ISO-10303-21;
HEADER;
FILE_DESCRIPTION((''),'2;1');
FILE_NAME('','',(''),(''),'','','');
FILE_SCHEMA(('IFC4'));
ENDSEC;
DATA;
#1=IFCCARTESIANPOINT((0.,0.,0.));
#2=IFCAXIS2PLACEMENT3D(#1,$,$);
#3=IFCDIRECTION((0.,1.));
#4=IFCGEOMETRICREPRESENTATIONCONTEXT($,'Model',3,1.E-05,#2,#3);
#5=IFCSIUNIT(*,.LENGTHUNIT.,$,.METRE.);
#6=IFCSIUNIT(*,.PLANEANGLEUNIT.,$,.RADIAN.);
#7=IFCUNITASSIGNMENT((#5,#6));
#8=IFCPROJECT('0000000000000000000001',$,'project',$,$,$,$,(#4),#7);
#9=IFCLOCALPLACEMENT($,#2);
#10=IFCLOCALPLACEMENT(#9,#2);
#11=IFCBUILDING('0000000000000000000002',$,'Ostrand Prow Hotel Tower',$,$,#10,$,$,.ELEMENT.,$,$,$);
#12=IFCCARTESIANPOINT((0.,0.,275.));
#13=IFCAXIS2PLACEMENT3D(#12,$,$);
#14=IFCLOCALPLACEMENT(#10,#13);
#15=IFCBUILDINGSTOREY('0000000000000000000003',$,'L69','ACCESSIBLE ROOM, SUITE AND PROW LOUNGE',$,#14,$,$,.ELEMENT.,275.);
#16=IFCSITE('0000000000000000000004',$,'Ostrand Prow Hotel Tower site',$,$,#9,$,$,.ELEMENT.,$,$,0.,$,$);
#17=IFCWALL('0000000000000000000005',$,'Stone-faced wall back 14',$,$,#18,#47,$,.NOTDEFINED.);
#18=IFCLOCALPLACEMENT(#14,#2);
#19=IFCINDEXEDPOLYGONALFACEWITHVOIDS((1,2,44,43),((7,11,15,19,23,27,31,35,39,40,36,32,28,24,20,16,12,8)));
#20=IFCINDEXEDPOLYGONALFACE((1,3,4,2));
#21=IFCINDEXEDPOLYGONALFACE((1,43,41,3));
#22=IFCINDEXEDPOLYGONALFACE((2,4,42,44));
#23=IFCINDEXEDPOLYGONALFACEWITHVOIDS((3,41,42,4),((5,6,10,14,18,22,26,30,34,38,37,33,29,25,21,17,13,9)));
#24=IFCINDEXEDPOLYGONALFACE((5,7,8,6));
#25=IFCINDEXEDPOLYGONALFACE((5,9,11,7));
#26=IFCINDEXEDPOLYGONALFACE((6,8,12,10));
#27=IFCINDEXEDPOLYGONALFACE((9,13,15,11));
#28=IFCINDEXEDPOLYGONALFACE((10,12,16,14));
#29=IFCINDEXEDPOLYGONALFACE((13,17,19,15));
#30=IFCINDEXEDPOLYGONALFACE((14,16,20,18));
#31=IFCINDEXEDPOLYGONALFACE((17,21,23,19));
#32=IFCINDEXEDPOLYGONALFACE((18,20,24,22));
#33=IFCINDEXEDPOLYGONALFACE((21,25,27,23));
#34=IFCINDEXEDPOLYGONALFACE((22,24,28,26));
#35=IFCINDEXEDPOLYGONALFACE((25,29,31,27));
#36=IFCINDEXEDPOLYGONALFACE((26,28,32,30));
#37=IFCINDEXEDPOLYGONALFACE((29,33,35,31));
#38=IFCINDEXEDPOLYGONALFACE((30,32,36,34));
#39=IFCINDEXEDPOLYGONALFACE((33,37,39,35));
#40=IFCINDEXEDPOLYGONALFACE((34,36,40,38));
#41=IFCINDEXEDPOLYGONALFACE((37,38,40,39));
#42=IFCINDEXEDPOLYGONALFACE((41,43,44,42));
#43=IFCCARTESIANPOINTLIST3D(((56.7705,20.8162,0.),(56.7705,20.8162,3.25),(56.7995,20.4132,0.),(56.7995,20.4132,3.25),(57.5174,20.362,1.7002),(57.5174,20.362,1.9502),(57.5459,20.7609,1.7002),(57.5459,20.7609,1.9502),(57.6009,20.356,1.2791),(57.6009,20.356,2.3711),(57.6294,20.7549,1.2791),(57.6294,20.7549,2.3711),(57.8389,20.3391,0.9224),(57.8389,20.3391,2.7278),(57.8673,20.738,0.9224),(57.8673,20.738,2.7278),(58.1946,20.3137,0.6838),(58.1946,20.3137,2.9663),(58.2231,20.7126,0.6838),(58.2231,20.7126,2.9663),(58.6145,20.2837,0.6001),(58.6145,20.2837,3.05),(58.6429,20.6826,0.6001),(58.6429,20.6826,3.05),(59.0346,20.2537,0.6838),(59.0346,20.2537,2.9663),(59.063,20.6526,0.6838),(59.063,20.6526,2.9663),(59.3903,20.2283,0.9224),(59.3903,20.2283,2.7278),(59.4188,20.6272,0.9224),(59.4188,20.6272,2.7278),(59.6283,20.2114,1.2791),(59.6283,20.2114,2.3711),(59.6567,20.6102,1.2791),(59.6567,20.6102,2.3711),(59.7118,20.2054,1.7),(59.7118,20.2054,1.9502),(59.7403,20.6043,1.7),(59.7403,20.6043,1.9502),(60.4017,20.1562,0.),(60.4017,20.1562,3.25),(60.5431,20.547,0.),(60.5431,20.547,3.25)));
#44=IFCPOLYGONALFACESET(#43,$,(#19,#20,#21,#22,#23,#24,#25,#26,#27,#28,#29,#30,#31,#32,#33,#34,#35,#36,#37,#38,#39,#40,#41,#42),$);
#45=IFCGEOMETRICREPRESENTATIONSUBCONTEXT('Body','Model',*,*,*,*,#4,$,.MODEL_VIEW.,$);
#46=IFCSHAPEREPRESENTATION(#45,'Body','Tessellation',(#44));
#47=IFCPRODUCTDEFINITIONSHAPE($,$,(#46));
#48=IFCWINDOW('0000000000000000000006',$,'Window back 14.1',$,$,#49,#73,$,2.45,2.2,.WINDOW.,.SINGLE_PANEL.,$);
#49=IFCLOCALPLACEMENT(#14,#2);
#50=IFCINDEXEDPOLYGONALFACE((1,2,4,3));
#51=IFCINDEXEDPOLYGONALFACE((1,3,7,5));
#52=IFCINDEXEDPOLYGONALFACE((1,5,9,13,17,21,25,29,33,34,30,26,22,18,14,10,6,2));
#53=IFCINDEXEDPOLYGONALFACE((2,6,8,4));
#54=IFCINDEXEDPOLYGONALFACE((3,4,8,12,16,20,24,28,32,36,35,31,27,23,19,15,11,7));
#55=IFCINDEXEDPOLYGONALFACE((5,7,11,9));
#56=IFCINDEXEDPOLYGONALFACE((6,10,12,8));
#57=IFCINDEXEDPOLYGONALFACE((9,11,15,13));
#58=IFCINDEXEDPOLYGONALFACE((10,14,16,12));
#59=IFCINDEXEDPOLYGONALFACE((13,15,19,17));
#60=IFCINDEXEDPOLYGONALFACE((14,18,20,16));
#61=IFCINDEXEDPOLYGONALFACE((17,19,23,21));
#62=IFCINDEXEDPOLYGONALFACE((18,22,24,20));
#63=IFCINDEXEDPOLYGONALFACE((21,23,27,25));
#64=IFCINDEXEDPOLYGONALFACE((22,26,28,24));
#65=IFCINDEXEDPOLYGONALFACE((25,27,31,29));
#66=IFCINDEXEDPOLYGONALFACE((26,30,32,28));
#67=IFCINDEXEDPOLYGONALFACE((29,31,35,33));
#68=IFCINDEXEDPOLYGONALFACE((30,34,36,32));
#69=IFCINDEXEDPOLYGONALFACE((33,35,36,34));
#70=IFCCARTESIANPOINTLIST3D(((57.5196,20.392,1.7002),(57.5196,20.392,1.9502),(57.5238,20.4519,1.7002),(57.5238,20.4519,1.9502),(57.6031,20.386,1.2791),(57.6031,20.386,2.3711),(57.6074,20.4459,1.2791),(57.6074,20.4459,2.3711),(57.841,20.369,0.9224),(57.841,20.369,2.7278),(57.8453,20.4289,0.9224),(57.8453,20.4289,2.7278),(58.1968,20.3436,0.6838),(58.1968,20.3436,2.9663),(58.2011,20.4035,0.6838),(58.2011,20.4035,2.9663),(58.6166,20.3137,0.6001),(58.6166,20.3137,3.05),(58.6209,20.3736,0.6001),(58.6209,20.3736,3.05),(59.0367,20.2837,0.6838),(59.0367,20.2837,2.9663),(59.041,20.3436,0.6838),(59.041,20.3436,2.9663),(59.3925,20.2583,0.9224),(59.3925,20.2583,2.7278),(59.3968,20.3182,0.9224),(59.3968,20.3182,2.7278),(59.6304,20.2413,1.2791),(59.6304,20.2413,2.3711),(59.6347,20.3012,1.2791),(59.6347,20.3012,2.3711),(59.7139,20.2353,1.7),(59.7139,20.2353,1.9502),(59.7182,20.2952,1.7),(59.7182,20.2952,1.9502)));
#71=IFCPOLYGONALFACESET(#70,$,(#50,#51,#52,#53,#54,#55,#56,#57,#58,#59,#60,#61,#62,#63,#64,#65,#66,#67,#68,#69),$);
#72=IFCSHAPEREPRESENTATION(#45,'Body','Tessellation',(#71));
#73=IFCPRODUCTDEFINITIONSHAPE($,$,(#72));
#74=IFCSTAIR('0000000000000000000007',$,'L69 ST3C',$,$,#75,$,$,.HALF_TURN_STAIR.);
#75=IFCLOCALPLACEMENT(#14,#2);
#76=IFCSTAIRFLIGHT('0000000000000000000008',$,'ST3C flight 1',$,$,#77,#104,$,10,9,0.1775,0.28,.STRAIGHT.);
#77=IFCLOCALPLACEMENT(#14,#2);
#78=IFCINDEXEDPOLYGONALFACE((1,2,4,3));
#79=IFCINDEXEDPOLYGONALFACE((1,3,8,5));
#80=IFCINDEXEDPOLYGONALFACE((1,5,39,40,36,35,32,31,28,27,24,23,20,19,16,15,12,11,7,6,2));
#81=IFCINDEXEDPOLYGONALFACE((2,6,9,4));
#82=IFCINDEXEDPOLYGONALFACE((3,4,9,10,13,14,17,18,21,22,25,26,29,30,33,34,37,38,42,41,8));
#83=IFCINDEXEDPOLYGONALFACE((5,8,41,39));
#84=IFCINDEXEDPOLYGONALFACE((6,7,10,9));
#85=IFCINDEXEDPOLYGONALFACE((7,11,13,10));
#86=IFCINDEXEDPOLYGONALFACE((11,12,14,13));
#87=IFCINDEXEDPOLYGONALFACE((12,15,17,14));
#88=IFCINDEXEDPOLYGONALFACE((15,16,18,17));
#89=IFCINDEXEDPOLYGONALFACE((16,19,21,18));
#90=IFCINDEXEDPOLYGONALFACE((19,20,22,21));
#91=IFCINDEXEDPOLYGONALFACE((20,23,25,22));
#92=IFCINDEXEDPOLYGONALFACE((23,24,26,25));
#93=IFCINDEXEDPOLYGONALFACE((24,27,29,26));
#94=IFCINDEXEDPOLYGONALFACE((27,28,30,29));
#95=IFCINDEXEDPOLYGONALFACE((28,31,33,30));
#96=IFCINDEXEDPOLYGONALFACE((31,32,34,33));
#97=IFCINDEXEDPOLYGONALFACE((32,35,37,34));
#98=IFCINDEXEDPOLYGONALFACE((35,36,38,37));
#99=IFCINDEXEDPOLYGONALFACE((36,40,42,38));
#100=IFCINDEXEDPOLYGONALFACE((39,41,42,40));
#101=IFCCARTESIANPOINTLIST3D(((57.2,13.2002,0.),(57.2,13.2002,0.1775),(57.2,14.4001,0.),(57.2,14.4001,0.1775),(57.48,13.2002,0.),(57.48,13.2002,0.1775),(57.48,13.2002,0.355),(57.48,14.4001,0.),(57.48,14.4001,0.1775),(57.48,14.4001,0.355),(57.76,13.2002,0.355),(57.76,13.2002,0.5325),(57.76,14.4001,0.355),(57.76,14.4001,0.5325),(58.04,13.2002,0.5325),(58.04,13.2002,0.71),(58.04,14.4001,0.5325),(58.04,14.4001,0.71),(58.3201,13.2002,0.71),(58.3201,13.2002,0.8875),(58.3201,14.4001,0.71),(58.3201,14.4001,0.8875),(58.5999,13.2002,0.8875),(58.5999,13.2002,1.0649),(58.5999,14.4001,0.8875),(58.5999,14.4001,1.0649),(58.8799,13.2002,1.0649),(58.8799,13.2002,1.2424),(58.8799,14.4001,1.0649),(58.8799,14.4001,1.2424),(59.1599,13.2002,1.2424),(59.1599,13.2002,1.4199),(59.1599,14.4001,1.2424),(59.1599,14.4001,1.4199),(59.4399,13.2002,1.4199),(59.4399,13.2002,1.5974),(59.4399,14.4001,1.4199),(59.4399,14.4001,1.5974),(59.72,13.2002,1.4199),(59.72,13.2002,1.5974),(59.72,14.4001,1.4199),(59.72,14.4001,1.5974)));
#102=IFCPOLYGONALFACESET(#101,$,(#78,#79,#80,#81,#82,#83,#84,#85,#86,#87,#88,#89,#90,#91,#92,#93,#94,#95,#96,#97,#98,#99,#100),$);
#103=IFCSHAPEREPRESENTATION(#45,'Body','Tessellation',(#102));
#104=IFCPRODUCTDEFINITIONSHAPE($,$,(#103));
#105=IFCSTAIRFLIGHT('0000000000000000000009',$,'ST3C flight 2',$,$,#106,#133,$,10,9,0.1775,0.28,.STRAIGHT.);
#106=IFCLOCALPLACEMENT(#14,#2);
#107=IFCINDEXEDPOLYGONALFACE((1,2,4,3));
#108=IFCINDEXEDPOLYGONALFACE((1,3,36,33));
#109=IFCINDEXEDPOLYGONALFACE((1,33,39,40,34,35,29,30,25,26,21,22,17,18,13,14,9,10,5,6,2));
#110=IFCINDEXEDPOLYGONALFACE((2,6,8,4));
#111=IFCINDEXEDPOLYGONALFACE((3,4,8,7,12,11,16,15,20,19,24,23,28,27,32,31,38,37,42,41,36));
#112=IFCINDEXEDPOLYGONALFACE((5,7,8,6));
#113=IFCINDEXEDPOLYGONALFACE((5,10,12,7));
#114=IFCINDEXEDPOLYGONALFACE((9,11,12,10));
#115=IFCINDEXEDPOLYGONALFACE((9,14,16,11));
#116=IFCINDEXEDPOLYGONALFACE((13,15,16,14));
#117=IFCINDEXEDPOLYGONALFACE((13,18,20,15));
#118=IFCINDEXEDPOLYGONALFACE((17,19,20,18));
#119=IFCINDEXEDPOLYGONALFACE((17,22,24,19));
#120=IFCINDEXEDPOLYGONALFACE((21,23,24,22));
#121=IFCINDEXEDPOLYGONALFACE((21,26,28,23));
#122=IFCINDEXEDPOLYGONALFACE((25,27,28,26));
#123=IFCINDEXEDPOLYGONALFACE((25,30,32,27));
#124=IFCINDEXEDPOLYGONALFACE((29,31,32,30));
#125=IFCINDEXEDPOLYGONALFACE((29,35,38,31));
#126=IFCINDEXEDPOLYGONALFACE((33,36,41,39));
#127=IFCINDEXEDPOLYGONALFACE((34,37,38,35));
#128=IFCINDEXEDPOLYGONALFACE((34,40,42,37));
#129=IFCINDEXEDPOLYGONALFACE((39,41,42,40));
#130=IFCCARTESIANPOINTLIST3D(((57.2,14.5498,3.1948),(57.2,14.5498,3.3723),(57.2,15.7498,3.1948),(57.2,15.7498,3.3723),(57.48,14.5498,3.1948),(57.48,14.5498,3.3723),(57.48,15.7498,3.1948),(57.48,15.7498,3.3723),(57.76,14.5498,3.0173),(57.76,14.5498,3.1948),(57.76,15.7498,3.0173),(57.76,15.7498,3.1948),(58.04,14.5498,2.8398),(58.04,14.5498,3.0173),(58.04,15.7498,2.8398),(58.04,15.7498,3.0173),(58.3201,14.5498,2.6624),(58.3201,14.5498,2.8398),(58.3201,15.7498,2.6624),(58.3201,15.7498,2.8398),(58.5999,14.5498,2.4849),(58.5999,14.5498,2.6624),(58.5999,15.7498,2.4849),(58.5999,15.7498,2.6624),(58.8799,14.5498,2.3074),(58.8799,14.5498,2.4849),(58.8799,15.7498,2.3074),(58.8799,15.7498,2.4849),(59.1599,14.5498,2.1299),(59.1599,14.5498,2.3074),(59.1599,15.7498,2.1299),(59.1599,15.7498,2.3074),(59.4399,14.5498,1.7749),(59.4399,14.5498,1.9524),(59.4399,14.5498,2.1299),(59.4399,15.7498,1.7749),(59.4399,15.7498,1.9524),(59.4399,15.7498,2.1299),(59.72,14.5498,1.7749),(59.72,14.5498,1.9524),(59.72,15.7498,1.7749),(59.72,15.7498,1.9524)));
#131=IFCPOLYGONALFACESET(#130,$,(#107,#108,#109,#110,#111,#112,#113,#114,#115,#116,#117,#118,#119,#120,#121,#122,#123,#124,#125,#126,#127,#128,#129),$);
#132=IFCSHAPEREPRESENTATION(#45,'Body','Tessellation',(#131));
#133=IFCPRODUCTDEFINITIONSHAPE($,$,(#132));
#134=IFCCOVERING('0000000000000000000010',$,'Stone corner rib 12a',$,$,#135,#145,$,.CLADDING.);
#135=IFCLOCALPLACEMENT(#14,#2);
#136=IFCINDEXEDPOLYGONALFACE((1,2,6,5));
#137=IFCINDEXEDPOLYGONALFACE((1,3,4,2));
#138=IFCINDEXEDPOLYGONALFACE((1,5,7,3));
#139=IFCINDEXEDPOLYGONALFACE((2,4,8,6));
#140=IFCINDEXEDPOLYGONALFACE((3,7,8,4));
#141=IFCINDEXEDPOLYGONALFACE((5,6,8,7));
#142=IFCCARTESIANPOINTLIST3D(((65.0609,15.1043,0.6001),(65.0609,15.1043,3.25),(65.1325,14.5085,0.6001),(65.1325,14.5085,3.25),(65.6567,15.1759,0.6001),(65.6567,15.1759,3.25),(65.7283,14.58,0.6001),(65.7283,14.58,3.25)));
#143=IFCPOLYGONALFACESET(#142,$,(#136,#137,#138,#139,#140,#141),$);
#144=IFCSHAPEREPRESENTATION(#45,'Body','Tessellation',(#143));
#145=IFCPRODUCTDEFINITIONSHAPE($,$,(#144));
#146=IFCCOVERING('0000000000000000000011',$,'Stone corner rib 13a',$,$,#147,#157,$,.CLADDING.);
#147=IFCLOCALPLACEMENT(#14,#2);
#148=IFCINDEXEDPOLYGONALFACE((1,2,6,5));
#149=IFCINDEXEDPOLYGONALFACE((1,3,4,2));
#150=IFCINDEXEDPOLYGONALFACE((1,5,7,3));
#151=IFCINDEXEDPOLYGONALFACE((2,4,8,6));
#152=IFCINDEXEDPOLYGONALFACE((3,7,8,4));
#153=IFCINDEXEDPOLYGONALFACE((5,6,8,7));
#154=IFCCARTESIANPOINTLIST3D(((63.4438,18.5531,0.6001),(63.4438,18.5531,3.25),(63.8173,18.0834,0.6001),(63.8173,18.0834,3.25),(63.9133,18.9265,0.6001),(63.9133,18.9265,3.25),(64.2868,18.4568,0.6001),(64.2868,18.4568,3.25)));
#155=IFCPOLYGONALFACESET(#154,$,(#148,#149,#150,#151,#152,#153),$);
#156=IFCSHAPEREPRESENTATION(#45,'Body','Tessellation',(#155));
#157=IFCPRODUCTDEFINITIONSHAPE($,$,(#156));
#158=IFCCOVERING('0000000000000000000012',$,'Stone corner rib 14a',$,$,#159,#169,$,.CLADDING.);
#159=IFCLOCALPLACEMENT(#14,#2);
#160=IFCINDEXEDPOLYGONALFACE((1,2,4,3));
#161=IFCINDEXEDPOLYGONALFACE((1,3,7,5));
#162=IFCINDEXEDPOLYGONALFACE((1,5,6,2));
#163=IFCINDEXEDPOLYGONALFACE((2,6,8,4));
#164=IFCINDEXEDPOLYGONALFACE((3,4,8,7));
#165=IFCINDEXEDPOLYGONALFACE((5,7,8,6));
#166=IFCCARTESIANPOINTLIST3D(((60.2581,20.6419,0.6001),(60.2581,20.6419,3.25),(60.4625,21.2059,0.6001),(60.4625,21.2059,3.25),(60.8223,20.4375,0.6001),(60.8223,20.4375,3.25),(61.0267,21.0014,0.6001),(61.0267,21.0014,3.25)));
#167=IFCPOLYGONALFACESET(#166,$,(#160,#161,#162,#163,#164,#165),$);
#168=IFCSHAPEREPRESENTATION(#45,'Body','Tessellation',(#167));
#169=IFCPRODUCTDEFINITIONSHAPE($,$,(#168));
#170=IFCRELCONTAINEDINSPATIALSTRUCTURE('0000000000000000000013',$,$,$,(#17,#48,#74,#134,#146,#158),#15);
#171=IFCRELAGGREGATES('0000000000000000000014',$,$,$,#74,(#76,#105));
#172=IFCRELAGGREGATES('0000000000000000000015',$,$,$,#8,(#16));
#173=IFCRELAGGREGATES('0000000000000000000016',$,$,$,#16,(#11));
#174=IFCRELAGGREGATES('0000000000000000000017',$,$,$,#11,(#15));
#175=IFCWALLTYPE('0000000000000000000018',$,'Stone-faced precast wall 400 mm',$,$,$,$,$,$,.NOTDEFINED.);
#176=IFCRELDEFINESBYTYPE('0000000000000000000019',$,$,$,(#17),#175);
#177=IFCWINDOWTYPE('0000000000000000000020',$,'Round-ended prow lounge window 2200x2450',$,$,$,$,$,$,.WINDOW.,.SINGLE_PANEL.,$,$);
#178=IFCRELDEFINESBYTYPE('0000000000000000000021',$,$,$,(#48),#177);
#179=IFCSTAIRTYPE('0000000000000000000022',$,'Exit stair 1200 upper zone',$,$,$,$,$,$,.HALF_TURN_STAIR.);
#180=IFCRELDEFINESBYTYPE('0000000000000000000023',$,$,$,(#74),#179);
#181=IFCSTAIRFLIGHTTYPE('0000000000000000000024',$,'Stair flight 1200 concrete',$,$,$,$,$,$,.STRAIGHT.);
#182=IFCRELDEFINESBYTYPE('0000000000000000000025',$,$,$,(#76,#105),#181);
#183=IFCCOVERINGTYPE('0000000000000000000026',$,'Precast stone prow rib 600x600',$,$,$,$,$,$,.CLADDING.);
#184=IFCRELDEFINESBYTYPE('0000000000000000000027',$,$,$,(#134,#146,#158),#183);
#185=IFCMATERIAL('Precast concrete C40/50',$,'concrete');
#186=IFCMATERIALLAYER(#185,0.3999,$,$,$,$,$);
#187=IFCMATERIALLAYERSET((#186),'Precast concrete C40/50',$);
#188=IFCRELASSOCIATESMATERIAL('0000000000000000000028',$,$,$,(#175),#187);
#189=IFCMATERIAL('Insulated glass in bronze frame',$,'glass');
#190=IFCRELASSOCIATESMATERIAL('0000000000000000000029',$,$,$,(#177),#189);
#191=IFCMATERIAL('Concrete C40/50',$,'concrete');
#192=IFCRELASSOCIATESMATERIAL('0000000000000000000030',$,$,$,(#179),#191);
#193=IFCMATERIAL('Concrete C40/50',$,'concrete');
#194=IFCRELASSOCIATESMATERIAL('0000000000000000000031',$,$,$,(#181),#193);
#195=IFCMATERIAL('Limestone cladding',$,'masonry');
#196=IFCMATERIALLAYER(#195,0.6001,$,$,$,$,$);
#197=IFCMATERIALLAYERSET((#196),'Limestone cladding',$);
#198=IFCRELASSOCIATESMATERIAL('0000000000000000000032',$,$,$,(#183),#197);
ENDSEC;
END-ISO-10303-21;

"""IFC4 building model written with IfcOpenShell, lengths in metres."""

from ifc_helpers import new_model, si_unit, direction, frame, frame_2d, origin, place, context, subcontext, project, spatial, polyline, rectangle, outline, extrude, material, layer, layer_set, type_object, element, fill, aggregate, save


model = new_model("IFC4")

# Units and contexts
model_context = context("Model", 3, precision=1e-05, world=origin(), true_north=direction((0.0, 1.0)))
body_context = subcontext(model_context, "Body", "Model", "MODEL_VIEW")
ifc_project = project(units=[si_unit("LENGTHUNIT", "METRE"), si_unit("PLANEANGLEUNIT", "RADIAN")], contexts=[model_context])

# Site, building, storey
site_placement = place(None, origin())
site = spatial("IfcSite", under=ifc_project, at=site_placement, Name="Ostrand Prow Hotel Tower site", CompositionType="ELEMENT", RefElevation=0.0)
building_placement = place(site_placement, origin())
building = spatial("IfcBuilding", under=site, at=building_placement, Name="Ostrand Prow Hotel Tower", CompositionType="ELEMENT")
storey_placement = place(building_placement, frame((0.0, 0.0, 275.0)))
storey = spatial("IfcBuildingStorey", under=building, at=storey_placement, Name="L69", Description="ACCESSIBLE ROOM, SUITE AND PROW LOUNGE", CompositionType="ELEMENT", Elevation=275.0)

# Wall, opening, window
ifc_material_1 = material(Name="Precast concrete C40/50", Category="concrete")
ifc_layer_1 = layer(ifc_material_1, 0.3999)
ifc_layer_set_1 = layer_set([ifc_layer_1], Name="Precast concrete C40/50")
wall_type = type_object("IfcWallType", Name="Stone-faced precast wall 400 mm", PredefinedType="NOTDEFINED", material=ifc_layer_set_1)
ifc_material_2 = material(Name="Insulated glass in bronze frame", Category="glass")
window_type_1 = type_object("IfcWindowType", Name="Round-ended prow lounge window 2200x2450", PartitioningType="SINGLE_PANEL", PredefinedType="WINDOW", material=ifc_material_2)
wall_1_placement = place(storey_placement, frame((60.4724, 20.3516, 0.0), z_axis=(0.0, 0.0, 1.0), x_axis=(-0.997463, 0.071191, 0.0)))
wall_1 = element("IfcWall", 1, at=wall_1_placement, inside=storey, type_object=wall_type, Name="Stone-faced wall back 14", PredefinedType="NOTDEFINED", context=body_context, shape_type="SweptSolid", body=[
    extrude(outline(polyline([(-0.0566, -0.2), (3.7256, -0.2), (3.668, 0.2), (0.0566, 0.2), (-0.0566, -0.2)])), origin(), (0.0, 0.0, 1.0), 3.25),
])
opening_1_placement = place(wall_1_placement, frame((0.7483, 0.0, 0.6001)))
opening_1 = element("IfcOpeningElement", 2, at=opening_1_placement, cuts=wall_1, PredefinedType="OPENING", context=body_context, shape_type="SweptSolid", body=[
    extrude(outline(polyline([(0.0, 1.3501), (0.0837, 1.771), (0.3223, 2.1277), (0.679, 2.3662), (1.1001, 2.45), (1.521, 2.3662), (1.8777, 2.1277), (2.1162, 1.771), (2.2, 1.3501), (2.2, 1.1001), (2.1162, 0.679), (1.8777, 0.3223), (1.521, 0.0837), (1.1001, 0.0), (0.679, 0.0837), (0.3223, 0.3223), (0.0837, 0.679), (0.0, 1.0999), (0.0, 1.3501)])), frame((0.0, 0.21, 0.0), z_axis=(0.0, -1.0, 0.0), x_axis=(1.0, 0.0, 0.0)), (0.0, 0.0, 1.0), 0.4199),
])
window_1_placement = place(opening_1_placement, origin())
window_1 = element("IfcWindow", 3, at=window_1_placement, inside=storey, type_object=window_type_1, Name="Window back 14.1", OverallHeight=2.45, OverallWidth=2.2, PartitioningType="SINGLE_PANEL", PredefinedType="WINDOW", context=body_context, shape_type="SweptSolid", body=[
    extrude(outline(polyline([(0.0, 1.3501), (0.0837, 1.771), (0.3223, 2.1277), (0.679, 2.3662), (1.1001, 2.45), (1.521, 2.3662), (1.8777, 2.1277), (2.1162, 1.771), (2.2, 1.3501), (2.2, 1.1001), (2.1162, 0.679), (1.8777, 0.3223), (1.521, 0.0837), (1.1001, 0.0), (0.679, 0.0837), (0.3223, 0.3223), (0.0837, 0.679), (0.0, 1.0999), (0.0, 1.3501)])), frame((0.0, 0.1699, 0.0), z_axis=(0.0, -1.0, 0.0), x_axis=(1.0, 0.0, 0.0)), (0.0, 0.0, 1.0), 0.0601),
])
fill(opening_1, window_1)

# Stair, stair flights
ifc_material_3 = material(Name="Concrete C40/50", Category="concrete")
stair_type = type_object("IfcStairType", Name="Exit stair 1200 upper zone", PredefinedType="HALF_TURN_STAIR", material=ifc_material_3)
stair_placement = place(storey_placement, origin())
stair = element("IfcStair", 4, at=stair_placement, inside=storey, type_object=stair_type, Name="L69 ST3C", PredefinedType="HALF_TURN_STAIR")
ifc_material_4 = material(Name="Concrete C40/50", Category="concrete")
stair_flight_type = type_object("IfcStairFlightType", Name="Stair flight 1200 concrete", PredefinedType="STRAIGHT", material=ifc_material_4)
stair_flight_1_placement = place(storey_placement, frame((57.2, 13.8, 0.0), z_axis=(0.0, 0.0, 1.0), x_axis=(1.0, 0.0, 0.0)))
stair_flight_1 = element("IfcStairFlight", 5, at=stair_flight_1_placement, type_object=stair_flight_type, Name="ST3C flight 1", NumberOfRisers=10, NumberOfTreads=9, PredefinedType="STRAIGHT", RiserHeight=0.1775, TreadLength=0.28, context=body_context, shape_type="SweptSolid", body=[
    extrude(outline(polyline([(0.0, 0.0), (0.0, 0.1775), (0.28, 0.1775), (0.28, 0.355), (0.5601, 0.355), (0.5601, 0.5325), (0.8401, 0.5325), (0.8401, 0.71), (1.1201, 0.71), (1.1201, 0.8875), (1.3999, 0.8875), (1.3999, 1.0649), (1.6799, 1.0649), (1.6799, 1.2424), (1.96, 1.2424), (1.96, 1.4199), (2.24, 1.4199), (2.24, 1.5974), (2.52, 1.5974), (2.52, 1.7749), (2.52, 1.4199), (0.28, 0.0), (0.0, 0.0)])), frame((0.0, 0.6001, 0.0), z_axis=(0.0, -1.0, 0.0), x_axis=(1.0, 0.0, 0.0)), (0.0, 0.0, 1.0), 1.2),
])
stair_flight_2_placement = place(storey_placement, frame((59.72, 15.1499, 1.7749), z_axis=(0.0, 0.0, 1.0), x_axis=(-1.0, 0.0, 0.0)))
stair_flight_2 = element("IfcStairFlight", 6, at=stair_flight_2_placement, type_object=stair_flight_type, Name="ST3C flight 2", NumberOfRisers=10, NumberOfTreads=9, PredefinedType="STRAIGHT", RiserHeight=0.1775, TreadLength=0.28, context=body_context, shape_type="SweptSolid", body=[
    extrude(outline(polyline([(0.0, 0.0), (0.0, 0.1775), (0.28, 0.1775), (0.28, 0.355), (0.5601, 0.355), (0.5601, 0.5325), (0.8401, 0.5325), (0.8401, 0.71), (1.1201, 0.71), (1.1201, 0.8875), (1.3999, 0.8875), (1.3999, 1.0649), (1.6799, 1.0649), (1.6799, 1.2424), (1.96, 1.2424), (1.96, 1.4199), (2.24, 1.4199), (2.24, 1.5974), (2.52, 1.5974), (2.52, 1.7749), (2.52, 1.4199), (0.28, 0.0), (0.0, 0.0)])), frame((0.0, 0.6001, 0.0), z_axis=(0.0, -1.0, 0.0), x_axis=(1.0, 0.0, 0.0)), (0.0, 0.0, 1.0), 1.2),
])
aggregate(stair, [stair_flight_1, stair_flight_2])

# Coverings
ifc_material_5 = material(Name="Limestone cladding", Category="masonry")
ifc_layer_2 = layer(ifc_material_5, 0.6001)
ifc_layer_set_2 = layer_set([ifc_layer_2], Name="Limestone cladding")
covering_type = type_object("IfcCoveringType", Name="Precast stone prow rib 600x600", PredefinedType="CLADDING", material=ifc_layer_set_2)
covering_placement = place(storey_placement, frame((65.0967, 14.8064, 0.6001), z_axis=(0.0, 0.0, 1.0), x_axis=(0.992867, 0.119225, 0.0)))
element("IfcCovering", 7, at=covering_placement, inside=storey, type_object=covering_type, Name="Stone corner rib 12a", PredefinedType="CLADDING", context=body_context, shape_type="SweptSolid", body=[
    extrude(rectangle(XDim=0.6001, YDim=0.6001, at=frame_2d((0.3, 0.0))), origin(), (0.0, 0.0, 1.0), 2.6499),
])
for number, where, z_axis, x_axis, name in (
    (8, (63.6306, 18.3184, 0.6001), (0.0, 0.0, 1.0), (0.782732, 0.622359, 0.0), "Stone corner rib 13a"),
    (9, (60.5403, 20.5398, 0.6001), (0.0, 0.0, 1.0), (0.340664, 0.940185, 0.0), "Stone corner rib 14a"),
):
    element("IfcCovering", number, at=place(storey_placement, frame(where, z_axis=z_axis, x_axis=x_axis)), inside=storey, type_object=covering_type, Name=name, PredefinedType="CLADDING", context=body_context, shape_type="SweptSolid", body=[
        extrude(rectangle(XDim=0.5999, YDim=0.6001, at=frame_2d((0.2998, 0.0))), origin(), (0.0, 0.0, 1.0), 2.6499),
    ])

save(model, "model.ifc")
